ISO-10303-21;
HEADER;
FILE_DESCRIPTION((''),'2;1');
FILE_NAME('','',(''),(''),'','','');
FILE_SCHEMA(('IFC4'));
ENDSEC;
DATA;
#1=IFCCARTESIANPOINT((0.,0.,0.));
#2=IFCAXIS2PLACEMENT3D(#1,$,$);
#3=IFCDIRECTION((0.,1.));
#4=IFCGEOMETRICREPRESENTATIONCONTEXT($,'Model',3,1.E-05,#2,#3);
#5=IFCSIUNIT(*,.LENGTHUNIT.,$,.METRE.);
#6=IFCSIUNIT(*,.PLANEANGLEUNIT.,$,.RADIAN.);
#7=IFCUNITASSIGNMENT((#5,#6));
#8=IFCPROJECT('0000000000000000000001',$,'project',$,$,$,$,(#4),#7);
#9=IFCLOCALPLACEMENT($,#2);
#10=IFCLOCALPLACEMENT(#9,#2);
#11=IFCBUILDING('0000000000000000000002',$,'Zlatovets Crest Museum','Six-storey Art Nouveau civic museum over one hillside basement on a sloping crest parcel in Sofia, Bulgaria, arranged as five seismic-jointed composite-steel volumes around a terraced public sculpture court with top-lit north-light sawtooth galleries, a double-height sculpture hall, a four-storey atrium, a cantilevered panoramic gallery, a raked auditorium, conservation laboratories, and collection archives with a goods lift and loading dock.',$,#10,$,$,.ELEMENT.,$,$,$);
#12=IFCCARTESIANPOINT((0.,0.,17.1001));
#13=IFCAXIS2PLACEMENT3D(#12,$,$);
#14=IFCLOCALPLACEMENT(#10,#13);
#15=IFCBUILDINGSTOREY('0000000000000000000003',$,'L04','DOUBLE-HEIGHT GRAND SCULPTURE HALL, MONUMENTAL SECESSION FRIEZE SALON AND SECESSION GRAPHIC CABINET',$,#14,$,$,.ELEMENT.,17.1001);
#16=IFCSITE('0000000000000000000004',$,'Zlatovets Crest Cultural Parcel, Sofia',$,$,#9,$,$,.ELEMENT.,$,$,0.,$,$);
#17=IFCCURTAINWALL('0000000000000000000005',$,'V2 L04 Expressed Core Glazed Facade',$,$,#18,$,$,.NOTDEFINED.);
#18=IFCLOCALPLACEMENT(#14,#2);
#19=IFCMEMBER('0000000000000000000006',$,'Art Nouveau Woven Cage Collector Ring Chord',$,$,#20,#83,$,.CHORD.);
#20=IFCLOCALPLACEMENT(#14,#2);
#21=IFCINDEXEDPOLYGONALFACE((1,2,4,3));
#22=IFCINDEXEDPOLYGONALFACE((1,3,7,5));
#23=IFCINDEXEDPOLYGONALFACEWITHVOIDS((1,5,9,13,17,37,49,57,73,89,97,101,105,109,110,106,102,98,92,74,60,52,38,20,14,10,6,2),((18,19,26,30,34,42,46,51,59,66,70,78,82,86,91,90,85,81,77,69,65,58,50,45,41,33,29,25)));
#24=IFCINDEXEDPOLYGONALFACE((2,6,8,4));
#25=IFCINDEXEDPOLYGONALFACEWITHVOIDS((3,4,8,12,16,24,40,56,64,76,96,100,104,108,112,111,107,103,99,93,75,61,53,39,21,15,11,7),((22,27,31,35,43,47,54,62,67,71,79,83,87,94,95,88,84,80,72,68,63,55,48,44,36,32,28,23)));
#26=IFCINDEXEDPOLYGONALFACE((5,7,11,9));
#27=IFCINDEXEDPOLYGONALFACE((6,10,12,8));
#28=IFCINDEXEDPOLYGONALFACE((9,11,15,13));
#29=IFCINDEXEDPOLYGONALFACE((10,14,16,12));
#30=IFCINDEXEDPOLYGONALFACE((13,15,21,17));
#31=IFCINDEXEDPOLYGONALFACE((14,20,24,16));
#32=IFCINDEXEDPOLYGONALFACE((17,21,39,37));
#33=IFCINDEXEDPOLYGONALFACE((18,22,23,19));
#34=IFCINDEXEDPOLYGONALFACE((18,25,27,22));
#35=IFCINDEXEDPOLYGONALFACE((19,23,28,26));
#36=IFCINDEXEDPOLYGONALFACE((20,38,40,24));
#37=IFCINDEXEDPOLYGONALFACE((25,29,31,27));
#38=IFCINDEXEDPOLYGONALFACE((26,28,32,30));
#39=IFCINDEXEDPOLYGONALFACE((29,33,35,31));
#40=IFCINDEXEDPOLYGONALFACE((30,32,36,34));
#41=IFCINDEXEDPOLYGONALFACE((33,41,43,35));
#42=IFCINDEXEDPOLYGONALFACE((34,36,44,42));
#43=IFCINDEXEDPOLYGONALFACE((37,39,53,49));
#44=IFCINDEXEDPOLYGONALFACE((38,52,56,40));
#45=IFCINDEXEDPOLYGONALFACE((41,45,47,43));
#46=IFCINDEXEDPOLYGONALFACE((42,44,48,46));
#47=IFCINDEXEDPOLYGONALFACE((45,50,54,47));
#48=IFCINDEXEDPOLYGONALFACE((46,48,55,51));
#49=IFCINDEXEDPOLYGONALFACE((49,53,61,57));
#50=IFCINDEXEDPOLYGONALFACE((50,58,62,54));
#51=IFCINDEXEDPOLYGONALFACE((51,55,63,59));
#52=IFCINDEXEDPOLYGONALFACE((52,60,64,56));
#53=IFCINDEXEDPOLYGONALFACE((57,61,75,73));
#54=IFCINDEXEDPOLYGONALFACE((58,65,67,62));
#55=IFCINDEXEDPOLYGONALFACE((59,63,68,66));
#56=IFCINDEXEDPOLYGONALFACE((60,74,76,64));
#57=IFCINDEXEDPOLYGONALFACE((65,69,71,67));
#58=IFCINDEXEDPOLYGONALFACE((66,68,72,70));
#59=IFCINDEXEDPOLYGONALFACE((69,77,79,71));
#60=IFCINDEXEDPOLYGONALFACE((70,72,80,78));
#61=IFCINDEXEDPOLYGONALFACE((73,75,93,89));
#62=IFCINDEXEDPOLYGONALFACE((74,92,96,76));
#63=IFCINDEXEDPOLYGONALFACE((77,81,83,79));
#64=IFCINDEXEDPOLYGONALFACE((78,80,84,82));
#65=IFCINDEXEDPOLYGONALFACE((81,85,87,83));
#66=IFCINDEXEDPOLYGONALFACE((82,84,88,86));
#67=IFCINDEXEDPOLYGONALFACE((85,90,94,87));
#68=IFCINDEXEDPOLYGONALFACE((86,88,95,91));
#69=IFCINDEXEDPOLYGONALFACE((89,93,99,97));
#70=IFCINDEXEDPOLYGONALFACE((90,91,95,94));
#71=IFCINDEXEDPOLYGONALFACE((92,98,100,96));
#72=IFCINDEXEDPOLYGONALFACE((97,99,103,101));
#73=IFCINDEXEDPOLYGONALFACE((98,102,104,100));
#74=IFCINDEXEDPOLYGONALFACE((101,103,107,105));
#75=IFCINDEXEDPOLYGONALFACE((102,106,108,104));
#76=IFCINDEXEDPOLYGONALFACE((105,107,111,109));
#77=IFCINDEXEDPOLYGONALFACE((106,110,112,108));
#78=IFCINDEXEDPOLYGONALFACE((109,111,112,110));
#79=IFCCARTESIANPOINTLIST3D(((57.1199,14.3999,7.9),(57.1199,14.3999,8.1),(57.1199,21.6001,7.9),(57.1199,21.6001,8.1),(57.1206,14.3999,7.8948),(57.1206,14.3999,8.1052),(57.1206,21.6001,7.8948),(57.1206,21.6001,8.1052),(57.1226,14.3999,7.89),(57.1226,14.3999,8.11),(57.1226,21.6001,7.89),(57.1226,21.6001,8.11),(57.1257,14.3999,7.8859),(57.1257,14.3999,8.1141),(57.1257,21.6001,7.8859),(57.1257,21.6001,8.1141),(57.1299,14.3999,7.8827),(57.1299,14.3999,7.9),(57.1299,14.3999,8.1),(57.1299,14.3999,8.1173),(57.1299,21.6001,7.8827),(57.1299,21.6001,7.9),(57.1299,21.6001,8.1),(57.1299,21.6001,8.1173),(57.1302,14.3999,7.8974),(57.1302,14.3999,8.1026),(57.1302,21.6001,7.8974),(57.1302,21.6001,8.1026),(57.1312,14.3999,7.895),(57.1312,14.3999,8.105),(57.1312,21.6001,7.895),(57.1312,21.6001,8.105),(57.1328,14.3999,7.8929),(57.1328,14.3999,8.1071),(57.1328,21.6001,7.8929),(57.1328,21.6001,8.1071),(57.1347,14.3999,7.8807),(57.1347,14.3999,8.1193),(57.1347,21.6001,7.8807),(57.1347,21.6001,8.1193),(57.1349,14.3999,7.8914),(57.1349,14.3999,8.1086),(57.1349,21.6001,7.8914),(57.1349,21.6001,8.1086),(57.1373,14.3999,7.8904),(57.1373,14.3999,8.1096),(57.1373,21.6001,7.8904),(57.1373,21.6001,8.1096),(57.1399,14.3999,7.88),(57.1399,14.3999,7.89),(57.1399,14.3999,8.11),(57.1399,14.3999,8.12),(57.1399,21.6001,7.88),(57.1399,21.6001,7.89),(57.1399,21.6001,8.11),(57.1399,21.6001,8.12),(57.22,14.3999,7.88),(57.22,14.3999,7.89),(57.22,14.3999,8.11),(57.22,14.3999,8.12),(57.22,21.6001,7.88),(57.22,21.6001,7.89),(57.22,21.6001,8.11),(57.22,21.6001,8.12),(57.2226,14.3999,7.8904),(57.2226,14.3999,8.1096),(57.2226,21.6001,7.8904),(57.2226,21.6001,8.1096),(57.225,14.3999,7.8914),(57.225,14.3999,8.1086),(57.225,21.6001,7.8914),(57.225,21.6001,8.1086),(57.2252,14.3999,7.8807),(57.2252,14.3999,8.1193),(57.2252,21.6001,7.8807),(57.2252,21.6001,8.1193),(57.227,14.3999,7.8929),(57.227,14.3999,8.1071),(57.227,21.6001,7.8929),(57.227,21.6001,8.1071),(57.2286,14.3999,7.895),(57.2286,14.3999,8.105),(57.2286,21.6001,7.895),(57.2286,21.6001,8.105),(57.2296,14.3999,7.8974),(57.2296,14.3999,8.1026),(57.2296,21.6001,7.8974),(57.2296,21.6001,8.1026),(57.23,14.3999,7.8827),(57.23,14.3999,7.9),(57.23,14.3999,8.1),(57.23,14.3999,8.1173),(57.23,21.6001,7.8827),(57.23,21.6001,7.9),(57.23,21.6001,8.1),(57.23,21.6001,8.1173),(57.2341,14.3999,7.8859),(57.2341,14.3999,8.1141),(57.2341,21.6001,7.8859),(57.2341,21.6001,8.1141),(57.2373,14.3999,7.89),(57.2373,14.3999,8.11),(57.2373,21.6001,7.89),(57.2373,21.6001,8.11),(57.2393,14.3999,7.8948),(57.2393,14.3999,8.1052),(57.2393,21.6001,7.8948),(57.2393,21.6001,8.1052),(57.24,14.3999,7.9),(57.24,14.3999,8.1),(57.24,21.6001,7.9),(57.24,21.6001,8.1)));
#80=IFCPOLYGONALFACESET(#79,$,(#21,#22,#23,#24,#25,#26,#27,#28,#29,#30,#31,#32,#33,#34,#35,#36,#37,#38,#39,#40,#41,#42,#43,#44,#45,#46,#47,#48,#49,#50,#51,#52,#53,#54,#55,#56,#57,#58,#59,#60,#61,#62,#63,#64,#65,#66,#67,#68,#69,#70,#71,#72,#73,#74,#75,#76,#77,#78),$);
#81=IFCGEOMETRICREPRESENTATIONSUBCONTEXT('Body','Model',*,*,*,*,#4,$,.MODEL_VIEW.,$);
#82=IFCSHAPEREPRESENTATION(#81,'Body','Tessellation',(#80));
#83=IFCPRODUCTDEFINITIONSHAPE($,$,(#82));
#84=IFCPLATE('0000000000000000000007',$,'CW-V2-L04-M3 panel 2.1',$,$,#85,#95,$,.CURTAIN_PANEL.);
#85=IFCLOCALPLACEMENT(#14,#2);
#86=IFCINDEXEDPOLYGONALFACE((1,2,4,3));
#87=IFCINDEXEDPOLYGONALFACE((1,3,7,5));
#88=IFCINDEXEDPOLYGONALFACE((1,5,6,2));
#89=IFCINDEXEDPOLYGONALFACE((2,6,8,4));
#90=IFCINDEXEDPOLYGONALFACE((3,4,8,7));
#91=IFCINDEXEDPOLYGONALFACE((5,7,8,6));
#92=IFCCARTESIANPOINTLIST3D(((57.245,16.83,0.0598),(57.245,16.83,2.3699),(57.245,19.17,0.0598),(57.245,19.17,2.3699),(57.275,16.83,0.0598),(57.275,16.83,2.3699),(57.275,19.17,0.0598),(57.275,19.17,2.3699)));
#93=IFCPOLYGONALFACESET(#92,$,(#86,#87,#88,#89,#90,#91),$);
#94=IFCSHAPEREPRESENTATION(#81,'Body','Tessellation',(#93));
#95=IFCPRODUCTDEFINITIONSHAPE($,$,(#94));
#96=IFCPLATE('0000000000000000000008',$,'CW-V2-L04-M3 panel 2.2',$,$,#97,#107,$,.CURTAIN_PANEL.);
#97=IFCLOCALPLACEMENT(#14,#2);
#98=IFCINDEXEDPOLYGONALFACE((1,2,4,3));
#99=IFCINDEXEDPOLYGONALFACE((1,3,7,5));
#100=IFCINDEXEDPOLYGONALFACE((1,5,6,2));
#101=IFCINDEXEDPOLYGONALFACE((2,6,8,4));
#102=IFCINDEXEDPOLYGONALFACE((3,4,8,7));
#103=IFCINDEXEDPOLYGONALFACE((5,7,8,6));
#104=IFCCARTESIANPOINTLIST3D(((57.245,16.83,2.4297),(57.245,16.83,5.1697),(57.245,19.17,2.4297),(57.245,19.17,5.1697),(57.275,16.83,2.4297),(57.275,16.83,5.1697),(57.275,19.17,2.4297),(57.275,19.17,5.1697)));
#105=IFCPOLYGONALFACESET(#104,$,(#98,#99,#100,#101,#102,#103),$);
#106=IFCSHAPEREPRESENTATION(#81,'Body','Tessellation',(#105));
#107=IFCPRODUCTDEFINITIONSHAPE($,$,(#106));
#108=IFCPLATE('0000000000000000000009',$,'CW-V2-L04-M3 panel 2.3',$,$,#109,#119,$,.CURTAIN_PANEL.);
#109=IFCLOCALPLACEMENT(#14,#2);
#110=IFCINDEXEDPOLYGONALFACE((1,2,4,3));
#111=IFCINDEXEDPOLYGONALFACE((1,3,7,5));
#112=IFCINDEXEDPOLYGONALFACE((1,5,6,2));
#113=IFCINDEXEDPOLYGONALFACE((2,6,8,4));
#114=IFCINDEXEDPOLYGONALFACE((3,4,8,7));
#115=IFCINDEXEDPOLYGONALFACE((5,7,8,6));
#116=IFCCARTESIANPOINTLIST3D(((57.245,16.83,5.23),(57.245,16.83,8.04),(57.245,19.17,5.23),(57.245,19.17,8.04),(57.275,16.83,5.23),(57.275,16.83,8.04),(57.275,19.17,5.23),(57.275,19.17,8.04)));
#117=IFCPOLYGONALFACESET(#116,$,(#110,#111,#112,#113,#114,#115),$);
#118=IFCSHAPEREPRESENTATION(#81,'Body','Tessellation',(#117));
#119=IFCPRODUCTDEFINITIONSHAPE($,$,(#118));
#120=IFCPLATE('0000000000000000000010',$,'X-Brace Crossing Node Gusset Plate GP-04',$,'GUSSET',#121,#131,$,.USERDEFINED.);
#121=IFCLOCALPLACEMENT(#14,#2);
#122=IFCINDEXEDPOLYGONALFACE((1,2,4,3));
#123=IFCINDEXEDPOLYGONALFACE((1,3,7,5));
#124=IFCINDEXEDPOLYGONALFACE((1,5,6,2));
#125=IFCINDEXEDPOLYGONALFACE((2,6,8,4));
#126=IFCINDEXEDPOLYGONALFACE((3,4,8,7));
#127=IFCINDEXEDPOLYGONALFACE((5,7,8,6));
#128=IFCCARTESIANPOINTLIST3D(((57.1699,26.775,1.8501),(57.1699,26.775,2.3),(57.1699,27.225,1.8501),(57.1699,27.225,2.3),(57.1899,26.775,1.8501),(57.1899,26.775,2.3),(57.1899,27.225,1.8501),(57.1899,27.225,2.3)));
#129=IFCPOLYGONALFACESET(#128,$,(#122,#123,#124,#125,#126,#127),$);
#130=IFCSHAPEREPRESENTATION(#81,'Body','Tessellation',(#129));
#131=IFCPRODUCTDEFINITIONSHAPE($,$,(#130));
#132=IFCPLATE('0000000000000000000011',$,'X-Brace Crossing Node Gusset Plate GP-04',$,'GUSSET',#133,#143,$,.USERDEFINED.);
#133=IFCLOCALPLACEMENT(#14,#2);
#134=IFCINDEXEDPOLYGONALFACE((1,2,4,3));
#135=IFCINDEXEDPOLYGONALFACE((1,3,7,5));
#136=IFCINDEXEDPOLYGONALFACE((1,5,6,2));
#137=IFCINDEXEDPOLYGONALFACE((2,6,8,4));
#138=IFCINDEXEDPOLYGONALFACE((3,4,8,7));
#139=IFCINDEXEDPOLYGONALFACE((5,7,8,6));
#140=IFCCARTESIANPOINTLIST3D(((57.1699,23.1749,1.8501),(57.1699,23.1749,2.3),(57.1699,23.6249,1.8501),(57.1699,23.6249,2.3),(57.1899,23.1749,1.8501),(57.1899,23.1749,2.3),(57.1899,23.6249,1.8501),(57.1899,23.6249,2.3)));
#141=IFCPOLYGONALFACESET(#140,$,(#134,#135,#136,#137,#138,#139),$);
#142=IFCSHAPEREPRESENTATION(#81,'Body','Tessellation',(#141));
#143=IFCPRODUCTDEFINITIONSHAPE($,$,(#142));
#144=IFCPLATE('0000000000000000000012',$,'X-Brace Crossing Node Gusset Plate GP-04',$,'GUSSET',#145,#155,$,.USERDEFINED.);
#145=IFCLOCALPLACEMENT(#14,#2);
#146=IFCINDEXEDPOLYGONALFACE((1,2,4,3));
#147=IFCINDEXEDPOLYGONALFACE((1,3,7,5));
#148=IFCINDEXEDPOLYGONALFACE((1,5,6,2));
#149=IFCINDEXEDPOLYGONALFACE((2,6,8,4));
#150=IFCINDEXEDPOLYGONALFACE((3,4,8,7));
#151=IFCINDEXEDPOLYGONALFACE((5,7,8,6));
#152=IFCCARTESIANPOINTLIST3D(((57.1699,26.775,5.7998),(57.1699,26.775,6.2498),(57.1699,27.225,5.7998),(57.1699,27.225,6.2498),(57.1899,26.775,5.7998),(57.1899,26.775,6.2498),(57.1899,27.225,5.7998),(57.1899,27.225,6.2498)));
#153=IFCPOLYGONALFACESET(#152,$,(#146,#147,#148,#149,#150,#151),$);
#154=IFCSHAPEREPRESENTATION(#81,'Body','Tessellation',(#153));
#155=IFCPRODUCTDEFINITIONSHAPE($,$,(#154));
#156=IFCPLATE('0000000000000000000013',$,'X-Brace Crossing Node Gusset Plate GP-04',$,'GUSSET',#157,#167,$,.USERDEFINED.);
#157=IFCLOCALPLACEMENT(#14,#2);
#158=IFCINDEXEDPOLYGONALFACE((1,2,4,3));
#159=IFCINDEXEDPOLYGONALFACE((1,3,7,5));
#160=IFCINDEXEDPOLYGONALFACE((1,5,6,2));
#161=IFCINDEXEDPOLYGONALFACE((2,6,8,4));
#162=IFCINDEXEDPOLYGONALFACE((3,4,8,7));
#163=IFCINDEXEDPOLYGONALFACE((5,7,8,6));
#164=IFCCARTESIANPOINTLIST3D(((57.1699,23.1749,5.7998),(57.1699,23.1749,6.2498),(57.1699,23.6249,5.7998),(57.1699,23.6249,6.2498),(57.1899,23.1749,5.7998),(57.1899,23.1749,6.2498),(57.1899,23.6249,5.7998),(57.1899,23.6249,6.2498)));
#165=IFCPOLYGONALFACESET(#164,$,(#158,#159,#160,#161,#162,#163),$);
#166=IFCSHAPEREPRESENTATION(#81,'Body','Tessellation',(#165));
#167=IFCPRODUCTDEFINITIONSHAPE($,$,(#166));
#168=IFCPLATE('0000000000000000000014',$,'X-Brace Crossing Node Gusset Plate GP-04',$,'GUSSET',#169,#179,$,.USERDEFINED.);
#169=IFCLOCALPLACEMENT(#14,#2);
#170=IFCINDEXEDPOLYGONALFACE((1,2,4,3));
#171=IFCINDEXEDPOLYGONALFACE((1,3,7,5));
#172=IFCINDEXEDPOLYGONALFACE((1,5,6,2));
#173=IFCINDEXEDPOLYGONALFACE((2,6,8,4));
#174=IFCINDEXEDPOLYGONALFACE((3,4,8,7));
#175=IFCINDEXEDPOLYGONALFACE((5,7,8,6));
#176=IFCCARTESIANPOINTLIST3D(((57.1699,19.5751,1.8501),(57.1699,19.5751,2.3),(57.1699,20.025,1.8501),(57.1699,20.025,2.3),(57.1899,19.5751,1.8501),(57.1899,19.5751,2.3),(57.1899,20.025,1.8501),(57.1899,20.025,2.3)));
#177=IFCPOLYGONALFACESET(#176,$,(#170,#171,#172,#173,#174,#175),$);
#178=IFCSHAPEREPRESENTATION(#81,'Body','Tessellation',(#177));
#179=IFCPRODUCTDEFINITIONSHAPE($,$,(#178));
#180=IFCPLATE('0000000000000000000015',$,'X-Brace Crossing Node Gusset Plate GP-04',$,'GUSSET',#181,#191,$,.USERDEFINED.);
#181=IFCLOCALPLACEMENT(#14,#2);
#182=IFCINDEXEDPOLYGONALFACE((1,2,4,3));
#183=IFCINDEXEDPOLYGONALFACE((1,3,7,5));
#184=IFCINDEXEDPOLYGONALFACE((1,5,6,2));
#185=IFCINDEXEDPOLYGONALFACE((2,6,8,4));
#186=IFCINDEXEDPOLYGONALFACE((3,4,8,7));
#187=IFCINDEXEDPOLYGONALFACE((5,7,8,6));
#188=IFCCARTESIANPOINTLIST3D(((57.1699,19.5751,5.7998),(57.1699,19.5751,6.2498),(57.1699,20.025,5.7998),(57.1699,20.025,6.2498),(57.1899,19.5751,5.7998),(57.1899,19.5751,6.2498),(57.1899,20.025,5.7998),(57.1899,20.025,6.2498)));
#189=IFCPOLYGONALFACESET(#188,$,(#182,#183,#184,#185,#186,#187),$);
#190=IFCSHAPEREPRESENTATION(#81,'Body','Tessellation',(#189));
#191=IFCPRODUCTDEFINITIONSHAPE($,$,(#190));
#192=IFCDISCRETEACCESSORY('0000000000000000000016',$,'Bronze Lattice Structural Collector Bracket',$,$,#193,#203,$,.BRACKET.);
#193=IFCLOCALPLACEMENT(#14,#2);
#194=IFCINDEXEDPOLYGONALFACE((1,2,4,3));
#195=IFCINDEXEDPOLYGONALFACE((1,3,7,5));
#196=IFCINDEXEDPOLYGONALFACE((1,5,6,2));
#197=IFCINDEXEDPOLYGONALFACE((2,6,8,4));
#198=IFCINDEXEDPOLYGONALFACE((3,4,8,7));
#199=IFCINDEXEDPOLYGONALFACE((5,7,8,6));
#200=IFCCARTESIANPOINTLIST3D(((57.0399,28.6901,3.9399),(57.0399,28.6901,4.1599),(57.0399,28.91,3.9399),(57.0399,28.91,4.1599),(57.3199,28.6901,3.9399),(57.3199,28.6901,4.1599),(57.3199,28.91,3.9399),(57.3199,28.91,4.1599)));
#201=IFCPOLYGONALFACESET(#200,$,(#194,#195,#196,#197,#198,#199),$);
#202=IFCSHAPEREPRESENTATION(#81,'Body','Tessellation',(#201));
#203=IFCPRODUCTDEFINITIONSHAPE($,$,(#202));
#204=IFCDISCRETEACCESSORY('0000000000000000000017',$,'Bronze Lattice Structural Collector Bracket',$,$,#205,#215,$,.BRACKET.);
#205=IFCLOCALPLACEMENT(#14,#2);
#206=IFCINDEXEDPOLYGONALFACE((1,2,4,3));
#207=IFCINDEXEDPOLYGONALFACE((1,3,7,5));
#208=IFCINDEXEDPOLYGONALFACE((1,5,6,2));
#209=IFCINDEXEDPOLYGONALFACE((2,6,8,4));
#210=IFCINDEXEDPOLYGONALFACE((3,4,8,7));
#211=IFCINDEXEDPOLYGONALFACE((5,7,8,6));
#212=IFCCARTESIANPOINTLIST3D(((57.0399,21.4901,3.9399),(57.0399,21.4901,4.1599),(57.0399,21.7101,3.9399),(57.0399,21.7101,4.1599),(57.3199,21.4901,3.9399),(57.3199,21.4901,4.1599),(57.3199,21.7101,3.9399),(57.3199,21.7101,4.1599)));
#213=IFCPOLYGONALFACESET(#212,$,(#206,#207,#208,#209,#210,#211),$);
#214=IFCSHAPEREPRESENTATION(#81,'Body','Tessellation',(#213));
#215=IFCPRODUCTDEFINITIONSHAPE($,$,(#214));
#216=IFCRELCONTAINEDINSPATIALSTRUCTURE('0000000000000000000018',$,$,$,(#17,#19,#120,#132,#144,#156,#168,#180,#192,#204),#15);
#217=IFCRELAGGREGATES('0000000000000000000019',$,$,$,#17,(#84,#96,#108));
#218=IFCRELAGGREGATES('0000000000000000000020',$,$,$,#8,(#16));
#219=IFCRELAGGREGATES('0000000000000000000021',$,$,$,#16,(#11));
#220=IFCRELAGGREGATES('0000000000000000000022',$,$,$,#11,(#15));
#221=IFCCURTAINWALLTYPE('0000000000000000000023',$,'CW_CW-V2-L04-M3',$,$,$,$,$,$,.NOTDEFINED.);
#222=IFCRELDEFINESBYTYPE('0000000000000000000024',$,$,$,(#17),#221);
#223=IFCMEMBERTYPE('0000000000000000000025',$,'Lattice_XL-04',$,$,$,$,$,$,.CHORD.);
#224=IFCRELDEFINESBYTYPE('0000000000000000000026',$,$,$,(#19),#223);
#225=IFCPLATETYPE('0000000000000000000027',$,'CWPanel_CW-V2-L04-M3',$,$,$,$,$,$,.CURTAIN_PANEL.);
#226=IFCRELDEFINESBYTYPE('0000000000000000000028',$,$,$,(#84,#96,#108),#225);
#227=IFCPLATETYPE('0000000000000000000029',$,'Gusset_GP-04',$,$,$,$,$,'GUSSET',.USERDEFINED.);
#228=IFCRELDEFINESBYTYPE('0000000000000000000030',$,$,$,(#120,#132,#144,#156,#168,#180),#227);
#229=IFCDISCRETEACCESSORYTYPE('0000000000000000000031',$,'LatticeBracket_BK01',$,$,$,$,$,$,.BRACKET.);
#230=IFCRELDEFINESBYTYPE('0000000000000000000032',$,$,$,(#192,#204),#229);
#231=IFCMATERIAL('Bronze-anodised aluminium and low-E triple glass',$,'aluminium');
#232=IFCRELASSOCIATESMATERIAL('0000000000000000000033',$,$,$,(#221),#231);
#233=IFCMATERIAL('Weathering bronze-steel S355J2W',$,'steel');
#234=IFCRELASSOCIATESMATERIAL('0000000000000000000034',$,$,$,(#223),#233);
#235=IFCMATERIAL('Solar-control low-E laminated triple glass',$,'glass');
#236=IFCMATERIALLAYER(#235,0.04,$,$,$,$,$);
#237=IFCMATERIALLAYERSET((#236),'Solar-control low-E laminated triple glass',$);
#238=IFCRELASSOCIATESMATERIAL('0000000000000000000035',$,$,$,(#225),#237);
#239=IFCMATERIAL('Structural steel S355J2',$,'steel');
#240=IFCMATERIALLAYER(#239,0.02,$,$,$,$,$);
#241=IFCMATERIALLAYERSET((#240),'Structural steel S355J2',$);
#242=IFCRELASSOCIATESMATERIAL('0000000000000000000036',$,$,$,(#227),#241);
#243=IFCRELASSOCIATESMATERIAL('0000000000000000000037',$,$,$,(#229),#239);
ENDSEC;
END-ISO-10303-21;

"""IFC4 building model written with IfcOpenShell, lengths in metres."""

from ifc_helpers import new_model, si_unit, direction, frame, origin, origin_2d, place, context, subcontext, project, spatial, rectangle, hollow_rectangle, extrude, material, layer, layer_set, material_profile, profile_set, type_object, element, aggregate, save


model = new_model("IFC4")

# Units and contexts
model_context = context("Model", 3, precision=1e-05, world=origin(), true_north=direction((0.0, 1.0)))
body_context = subcontext(model_context, "Body", "Model", "MODEL_VIEW")
ifc_project = project(units=[si_unit("LENGTHUNIT", "METRE"), si_unit("PLANEANGLEUNIT", "RADIAN")], contexts=[model_context])

# Site, building, storey
site_placement = place(None, origin())
site = spatial("IfcSite", under=ifc_project, at=site_placement, Name="Zlatovets Crest Cultural Parcel, Sofia", CompositionType="ELEMENT", RefElevation=0.0)
building_placement = place(site_placement, origin())
building = spatial("IfcBuilding", under=site, at=building_placement, Name="Zlatovets Crest Museum", Description="Six-storey Art Nouveau civic museum over one hillside basement on a sloping crest parcel in Sofia, Bulgaria, arranged as five seismic-jointed composite-steel volumes around a terraced public sculpture court with top-lit north-light sawtooth galleries, a double-height sculpture hall, a four-storey atrium, a cantilevered panoramic gallery, a raked auditorium, conservation laboratories, and collection archives with a goods lift and loading dock.", CompositionType="ELEMENT")
storey_placement = place(building_placement, frame((0.0, 0.0, 17.1001)))
storey = spatial("IfcBuildingStorey", under=building, at=storey_placement, Name="L04", Description="DOUBLE-HEIGHT GRAND SCULPTURE HALL, MONUMENTAL SECESSION FRIEZE SALON AND SECESSION GRAPHIC CABINET", CompositionType="ELEMENT", Elevation=17.1001)

# Curtain wall
ifc_material_1 = material(Name="Bronze-anodised aluminium and low-E triple glass", Category="aluminium")
curtain_wall_type = type_object("IfcCurtainWallType", Name="CW_CW-V2-L04-M3", PredefinedType="NOTDEFINED", material=ifc_material_1)
curtain_wall_placement = place(storey_placement, origin())
curtain_wall = element("IfcCurtainWall", 1, at=curtain_wall_placement, inside=storey, type_object=curtain_wall_type, Name="V2 L04 Expressed Core Glazed Facade", PredefinedType="NOTDEFINED")

# Member
ifc_material_2 = material(Name="Weathering bronze-steel S355J2W", Category="steel")
ifc_material_profile_1 = material_profile(ifc_material_2, hollow_rectangle(XDim=0.1201, YDim=0.24, WallThickness=0.01, InnerFilletRadius=0.01, OuterFilletRadius=0.02, at=origin_2d()), Name="RHS 120x240x10.0")
ifc_profile_set_1 = profile_set([ifc_material_profile_1], Name="Weathering bronze-steel S355J2W")
member_type_1 = type_object("IfcMemberType", Name="Lattice_XL-04", PredefinedType="CHORD", material=ifc_profile_set_1)
member_1_placement = place(storey_placement, frame((57.1799, 21.6001, 8.0), z_axis=(0.0, -1.0, 0.0), x_axis=(1.0, 0.0, 0.0)))
element("IfcMember", 2, at=member_1_placement, inside=storey, type_object=member_type_1, Name="Art Nouveau Woven Cage Collector Ring Chord", PredefinedType="CHORD", context=body_context, shape_type="SweptSolid", body=[
    extrude(hollow_rectangle(XDim=0.1201, YDim=0.24, WallThickness=0.01, InnerFilletRadius=0.01, OuterFilletRadius=0.02, at=origin_2d()), origin(), (0.0, 0.0, 1.0), 7.2002),
])

# Plates
ifc_material_3 = material(Name="Solar-control low-E laminated triple glass", Category="glass")
ifc_layer_1 = layer(ifc_material_3, 0.04)
ifc_layer_set_1 = layer_set([ifc_layer_1], Name="Solar-control low-E laminated triple glass")
plate_type_1 = type_object("IfcPlateType", Name="CWPanel_CW-V2-L04-M3", PredefinedType="CURTAIN_PANEL", material=ifc_layer_set_1)
plate_1_placement = place(storey_placement, frame((57.26, 18.0, 0.0598), z_axis=(0.0, 0.0, 1.0), x_axis=(0.0, -1.0, 0.0)))
plate_1 = element("IfcPlate", 3, at=plate_1_placement, type_object=plate_type_1, Name="CW-V2-L04-M3 panel 2.1", PredefinedType="CURTAIN_PANEL", context=body_context, shape_type="SweptSolid", body=[
    extrude(rectangle(XDim=2.3401, YDim=0.03, at=origin_2d()), origin(), (0.0, 0.0, 1.0), 2.3101),
])
plate_2_placement = place(storey_placement, frame((57.26, 18.0, 2.4297), z_axis=(0.0, 0.0, 1.0), x_axis=(0.0, -1.0, 0.0)))
plate_2 = element("IfcPlate", 4, at=plate_2_placement, type_object=plate_type_1, Name="CW-V2-L04-M3 panel 2.2", PredefinedType="CURTAIN_PANEL", context=body_context, shape_type="SweptSolid", body=[
    extrude(rectangle(XDim=2.3401, YDim=0.03, at=origin_2d()), origin(), (0.0, 0.0, 1.0), 2.74),
])
plate_3_placement = place(storey_placement, frame((57.26, 18.0, 5.23), z_axis=(0.0, 0.0, 1.0), x_axis=(0.0, -1.0, 0.0)))
plate_3 = element("IfcPlate", 5, at=plate_3_placement, type_object=plate_type_1, Name="CW-V2-L04-M3 panel 2.3", PredefinedType="CURTAIN_PANEL", context=body_context, shape_type="SweptSolid", body=[
    extrude(rectangle(XDim=2.3401, YDim=0.03, at=origin_2d()), origin(), (0.0, 0.0, 1.0), 2.8101),
])
aggregate(curtain_wall, [plate_1, plate_2, plate_3])

# Plates
ifc_material_4 = material(Name="Structural steel S355J2", Category="steel")
ifc_layer_2 = layer(ifc_material_4, 0.02)
ifc_layer_set_2 = layer_set([ifc_layer_2], Name="Structural steel S355J2")
plate_type_2 = type_object("IfcPlateType", Name="Gusset_GP-04", ElementType="GUSSET", PredefinedType="USERDEFINED", material=ifc_layer_set_2)
for number, where, z_axis, x_axis, name in (
    (6, (57.1799, 27.0, 1.8501), (0.0, 0.0, 1.0), (1.0, 0.0, 0.0), "X-Brace Crossing Node Gusset Plate GP-04"),
    (7, (57.1799, 23.3999, 1.8501), (0.0, 0.0, 1.0), (1.0, 0.0, 0.0), "X-Brace Crossing Node Gusset Plate GP-04"),
    (8, (57.1799, 27.0, 5.7998), (0.0, 0.0, 1.0), (1.0, 0.0, 0.0), "X-Brace Crossing Node Gusset Plate GP-04"),
    (9, (57.1799, 23.3999, 5.7998), (0.0, 0.0, 1.0), (1.0, 0.0, 0.0), "X-Brace Crossing Node Gusset Plate GP-04"),
    (10, (57.1799, 19.8, 1.8501), (0.0, 0.0, 1.0), (1.0, 0.0, 0.0), "X-Brace Crossing Node Gusset Plate GP-04"),
    (11, (57.1799, 19.8, 5.7998), (0.0, 0.0, 1.0), (1.0, 0.0, 0.0), "X-Brace Crossing Node Gusset Plate GP-04"),
):
    element("IfcPlate", number, at=place(storey_placement, frame(where, z_axis=z_axis, x_axis=x_axis)), inside=storey, type_object=plate_type_2, Name=name, ObjectType="GUSSET", PredefinedType="USERDEFINED", context=body_context, shape_type="SweptSolid", body=[
        extrude(rectangle(XDim=0.02, YDim=0.45, at=origin_2d()), origin(), (0.0, 0.0, 1.0), 0.45),
    ])

# Discrete accessories
discrete_accessory_type = type_object("IfcDiscreteAccessoryType", Name="LatticeBracket_BK01", PredefinedType="BRACKET", material=ifc_material_4)
for number, where, z_axis, x_axis, name in (
    (12, (57.1799, 28.8, 3.9399), (0.0, 0.0, 1.0), (1.0, 0.0, 0.0), "Bronze Lattice Structural Collector Bracket"),
    (13, (57.1799, 21.6001, 3.9399), (0.0, 0.0, 1.0), (1.0, 0.0, 0.0), "Bronze Lattice Structural Collector Bracket"),
):
    element("IfcDiscreteAccessory", number, at=place(storey_placement, frame(where, z_axis=z_axis, x_axis=x_axis)), inside=storey, type_object=discrete_accessory_type, Name=name, PredefinedType="BRACKET", context=body_context, shape_type="SweptSolid", body=[
        extrude(rectangle(XDim=0.28, YDim=0.22, at=origin_2d()), origin(), (0.0, 0.0, 1.0), 0.22),
    ])

save(model, "model.ifc")
